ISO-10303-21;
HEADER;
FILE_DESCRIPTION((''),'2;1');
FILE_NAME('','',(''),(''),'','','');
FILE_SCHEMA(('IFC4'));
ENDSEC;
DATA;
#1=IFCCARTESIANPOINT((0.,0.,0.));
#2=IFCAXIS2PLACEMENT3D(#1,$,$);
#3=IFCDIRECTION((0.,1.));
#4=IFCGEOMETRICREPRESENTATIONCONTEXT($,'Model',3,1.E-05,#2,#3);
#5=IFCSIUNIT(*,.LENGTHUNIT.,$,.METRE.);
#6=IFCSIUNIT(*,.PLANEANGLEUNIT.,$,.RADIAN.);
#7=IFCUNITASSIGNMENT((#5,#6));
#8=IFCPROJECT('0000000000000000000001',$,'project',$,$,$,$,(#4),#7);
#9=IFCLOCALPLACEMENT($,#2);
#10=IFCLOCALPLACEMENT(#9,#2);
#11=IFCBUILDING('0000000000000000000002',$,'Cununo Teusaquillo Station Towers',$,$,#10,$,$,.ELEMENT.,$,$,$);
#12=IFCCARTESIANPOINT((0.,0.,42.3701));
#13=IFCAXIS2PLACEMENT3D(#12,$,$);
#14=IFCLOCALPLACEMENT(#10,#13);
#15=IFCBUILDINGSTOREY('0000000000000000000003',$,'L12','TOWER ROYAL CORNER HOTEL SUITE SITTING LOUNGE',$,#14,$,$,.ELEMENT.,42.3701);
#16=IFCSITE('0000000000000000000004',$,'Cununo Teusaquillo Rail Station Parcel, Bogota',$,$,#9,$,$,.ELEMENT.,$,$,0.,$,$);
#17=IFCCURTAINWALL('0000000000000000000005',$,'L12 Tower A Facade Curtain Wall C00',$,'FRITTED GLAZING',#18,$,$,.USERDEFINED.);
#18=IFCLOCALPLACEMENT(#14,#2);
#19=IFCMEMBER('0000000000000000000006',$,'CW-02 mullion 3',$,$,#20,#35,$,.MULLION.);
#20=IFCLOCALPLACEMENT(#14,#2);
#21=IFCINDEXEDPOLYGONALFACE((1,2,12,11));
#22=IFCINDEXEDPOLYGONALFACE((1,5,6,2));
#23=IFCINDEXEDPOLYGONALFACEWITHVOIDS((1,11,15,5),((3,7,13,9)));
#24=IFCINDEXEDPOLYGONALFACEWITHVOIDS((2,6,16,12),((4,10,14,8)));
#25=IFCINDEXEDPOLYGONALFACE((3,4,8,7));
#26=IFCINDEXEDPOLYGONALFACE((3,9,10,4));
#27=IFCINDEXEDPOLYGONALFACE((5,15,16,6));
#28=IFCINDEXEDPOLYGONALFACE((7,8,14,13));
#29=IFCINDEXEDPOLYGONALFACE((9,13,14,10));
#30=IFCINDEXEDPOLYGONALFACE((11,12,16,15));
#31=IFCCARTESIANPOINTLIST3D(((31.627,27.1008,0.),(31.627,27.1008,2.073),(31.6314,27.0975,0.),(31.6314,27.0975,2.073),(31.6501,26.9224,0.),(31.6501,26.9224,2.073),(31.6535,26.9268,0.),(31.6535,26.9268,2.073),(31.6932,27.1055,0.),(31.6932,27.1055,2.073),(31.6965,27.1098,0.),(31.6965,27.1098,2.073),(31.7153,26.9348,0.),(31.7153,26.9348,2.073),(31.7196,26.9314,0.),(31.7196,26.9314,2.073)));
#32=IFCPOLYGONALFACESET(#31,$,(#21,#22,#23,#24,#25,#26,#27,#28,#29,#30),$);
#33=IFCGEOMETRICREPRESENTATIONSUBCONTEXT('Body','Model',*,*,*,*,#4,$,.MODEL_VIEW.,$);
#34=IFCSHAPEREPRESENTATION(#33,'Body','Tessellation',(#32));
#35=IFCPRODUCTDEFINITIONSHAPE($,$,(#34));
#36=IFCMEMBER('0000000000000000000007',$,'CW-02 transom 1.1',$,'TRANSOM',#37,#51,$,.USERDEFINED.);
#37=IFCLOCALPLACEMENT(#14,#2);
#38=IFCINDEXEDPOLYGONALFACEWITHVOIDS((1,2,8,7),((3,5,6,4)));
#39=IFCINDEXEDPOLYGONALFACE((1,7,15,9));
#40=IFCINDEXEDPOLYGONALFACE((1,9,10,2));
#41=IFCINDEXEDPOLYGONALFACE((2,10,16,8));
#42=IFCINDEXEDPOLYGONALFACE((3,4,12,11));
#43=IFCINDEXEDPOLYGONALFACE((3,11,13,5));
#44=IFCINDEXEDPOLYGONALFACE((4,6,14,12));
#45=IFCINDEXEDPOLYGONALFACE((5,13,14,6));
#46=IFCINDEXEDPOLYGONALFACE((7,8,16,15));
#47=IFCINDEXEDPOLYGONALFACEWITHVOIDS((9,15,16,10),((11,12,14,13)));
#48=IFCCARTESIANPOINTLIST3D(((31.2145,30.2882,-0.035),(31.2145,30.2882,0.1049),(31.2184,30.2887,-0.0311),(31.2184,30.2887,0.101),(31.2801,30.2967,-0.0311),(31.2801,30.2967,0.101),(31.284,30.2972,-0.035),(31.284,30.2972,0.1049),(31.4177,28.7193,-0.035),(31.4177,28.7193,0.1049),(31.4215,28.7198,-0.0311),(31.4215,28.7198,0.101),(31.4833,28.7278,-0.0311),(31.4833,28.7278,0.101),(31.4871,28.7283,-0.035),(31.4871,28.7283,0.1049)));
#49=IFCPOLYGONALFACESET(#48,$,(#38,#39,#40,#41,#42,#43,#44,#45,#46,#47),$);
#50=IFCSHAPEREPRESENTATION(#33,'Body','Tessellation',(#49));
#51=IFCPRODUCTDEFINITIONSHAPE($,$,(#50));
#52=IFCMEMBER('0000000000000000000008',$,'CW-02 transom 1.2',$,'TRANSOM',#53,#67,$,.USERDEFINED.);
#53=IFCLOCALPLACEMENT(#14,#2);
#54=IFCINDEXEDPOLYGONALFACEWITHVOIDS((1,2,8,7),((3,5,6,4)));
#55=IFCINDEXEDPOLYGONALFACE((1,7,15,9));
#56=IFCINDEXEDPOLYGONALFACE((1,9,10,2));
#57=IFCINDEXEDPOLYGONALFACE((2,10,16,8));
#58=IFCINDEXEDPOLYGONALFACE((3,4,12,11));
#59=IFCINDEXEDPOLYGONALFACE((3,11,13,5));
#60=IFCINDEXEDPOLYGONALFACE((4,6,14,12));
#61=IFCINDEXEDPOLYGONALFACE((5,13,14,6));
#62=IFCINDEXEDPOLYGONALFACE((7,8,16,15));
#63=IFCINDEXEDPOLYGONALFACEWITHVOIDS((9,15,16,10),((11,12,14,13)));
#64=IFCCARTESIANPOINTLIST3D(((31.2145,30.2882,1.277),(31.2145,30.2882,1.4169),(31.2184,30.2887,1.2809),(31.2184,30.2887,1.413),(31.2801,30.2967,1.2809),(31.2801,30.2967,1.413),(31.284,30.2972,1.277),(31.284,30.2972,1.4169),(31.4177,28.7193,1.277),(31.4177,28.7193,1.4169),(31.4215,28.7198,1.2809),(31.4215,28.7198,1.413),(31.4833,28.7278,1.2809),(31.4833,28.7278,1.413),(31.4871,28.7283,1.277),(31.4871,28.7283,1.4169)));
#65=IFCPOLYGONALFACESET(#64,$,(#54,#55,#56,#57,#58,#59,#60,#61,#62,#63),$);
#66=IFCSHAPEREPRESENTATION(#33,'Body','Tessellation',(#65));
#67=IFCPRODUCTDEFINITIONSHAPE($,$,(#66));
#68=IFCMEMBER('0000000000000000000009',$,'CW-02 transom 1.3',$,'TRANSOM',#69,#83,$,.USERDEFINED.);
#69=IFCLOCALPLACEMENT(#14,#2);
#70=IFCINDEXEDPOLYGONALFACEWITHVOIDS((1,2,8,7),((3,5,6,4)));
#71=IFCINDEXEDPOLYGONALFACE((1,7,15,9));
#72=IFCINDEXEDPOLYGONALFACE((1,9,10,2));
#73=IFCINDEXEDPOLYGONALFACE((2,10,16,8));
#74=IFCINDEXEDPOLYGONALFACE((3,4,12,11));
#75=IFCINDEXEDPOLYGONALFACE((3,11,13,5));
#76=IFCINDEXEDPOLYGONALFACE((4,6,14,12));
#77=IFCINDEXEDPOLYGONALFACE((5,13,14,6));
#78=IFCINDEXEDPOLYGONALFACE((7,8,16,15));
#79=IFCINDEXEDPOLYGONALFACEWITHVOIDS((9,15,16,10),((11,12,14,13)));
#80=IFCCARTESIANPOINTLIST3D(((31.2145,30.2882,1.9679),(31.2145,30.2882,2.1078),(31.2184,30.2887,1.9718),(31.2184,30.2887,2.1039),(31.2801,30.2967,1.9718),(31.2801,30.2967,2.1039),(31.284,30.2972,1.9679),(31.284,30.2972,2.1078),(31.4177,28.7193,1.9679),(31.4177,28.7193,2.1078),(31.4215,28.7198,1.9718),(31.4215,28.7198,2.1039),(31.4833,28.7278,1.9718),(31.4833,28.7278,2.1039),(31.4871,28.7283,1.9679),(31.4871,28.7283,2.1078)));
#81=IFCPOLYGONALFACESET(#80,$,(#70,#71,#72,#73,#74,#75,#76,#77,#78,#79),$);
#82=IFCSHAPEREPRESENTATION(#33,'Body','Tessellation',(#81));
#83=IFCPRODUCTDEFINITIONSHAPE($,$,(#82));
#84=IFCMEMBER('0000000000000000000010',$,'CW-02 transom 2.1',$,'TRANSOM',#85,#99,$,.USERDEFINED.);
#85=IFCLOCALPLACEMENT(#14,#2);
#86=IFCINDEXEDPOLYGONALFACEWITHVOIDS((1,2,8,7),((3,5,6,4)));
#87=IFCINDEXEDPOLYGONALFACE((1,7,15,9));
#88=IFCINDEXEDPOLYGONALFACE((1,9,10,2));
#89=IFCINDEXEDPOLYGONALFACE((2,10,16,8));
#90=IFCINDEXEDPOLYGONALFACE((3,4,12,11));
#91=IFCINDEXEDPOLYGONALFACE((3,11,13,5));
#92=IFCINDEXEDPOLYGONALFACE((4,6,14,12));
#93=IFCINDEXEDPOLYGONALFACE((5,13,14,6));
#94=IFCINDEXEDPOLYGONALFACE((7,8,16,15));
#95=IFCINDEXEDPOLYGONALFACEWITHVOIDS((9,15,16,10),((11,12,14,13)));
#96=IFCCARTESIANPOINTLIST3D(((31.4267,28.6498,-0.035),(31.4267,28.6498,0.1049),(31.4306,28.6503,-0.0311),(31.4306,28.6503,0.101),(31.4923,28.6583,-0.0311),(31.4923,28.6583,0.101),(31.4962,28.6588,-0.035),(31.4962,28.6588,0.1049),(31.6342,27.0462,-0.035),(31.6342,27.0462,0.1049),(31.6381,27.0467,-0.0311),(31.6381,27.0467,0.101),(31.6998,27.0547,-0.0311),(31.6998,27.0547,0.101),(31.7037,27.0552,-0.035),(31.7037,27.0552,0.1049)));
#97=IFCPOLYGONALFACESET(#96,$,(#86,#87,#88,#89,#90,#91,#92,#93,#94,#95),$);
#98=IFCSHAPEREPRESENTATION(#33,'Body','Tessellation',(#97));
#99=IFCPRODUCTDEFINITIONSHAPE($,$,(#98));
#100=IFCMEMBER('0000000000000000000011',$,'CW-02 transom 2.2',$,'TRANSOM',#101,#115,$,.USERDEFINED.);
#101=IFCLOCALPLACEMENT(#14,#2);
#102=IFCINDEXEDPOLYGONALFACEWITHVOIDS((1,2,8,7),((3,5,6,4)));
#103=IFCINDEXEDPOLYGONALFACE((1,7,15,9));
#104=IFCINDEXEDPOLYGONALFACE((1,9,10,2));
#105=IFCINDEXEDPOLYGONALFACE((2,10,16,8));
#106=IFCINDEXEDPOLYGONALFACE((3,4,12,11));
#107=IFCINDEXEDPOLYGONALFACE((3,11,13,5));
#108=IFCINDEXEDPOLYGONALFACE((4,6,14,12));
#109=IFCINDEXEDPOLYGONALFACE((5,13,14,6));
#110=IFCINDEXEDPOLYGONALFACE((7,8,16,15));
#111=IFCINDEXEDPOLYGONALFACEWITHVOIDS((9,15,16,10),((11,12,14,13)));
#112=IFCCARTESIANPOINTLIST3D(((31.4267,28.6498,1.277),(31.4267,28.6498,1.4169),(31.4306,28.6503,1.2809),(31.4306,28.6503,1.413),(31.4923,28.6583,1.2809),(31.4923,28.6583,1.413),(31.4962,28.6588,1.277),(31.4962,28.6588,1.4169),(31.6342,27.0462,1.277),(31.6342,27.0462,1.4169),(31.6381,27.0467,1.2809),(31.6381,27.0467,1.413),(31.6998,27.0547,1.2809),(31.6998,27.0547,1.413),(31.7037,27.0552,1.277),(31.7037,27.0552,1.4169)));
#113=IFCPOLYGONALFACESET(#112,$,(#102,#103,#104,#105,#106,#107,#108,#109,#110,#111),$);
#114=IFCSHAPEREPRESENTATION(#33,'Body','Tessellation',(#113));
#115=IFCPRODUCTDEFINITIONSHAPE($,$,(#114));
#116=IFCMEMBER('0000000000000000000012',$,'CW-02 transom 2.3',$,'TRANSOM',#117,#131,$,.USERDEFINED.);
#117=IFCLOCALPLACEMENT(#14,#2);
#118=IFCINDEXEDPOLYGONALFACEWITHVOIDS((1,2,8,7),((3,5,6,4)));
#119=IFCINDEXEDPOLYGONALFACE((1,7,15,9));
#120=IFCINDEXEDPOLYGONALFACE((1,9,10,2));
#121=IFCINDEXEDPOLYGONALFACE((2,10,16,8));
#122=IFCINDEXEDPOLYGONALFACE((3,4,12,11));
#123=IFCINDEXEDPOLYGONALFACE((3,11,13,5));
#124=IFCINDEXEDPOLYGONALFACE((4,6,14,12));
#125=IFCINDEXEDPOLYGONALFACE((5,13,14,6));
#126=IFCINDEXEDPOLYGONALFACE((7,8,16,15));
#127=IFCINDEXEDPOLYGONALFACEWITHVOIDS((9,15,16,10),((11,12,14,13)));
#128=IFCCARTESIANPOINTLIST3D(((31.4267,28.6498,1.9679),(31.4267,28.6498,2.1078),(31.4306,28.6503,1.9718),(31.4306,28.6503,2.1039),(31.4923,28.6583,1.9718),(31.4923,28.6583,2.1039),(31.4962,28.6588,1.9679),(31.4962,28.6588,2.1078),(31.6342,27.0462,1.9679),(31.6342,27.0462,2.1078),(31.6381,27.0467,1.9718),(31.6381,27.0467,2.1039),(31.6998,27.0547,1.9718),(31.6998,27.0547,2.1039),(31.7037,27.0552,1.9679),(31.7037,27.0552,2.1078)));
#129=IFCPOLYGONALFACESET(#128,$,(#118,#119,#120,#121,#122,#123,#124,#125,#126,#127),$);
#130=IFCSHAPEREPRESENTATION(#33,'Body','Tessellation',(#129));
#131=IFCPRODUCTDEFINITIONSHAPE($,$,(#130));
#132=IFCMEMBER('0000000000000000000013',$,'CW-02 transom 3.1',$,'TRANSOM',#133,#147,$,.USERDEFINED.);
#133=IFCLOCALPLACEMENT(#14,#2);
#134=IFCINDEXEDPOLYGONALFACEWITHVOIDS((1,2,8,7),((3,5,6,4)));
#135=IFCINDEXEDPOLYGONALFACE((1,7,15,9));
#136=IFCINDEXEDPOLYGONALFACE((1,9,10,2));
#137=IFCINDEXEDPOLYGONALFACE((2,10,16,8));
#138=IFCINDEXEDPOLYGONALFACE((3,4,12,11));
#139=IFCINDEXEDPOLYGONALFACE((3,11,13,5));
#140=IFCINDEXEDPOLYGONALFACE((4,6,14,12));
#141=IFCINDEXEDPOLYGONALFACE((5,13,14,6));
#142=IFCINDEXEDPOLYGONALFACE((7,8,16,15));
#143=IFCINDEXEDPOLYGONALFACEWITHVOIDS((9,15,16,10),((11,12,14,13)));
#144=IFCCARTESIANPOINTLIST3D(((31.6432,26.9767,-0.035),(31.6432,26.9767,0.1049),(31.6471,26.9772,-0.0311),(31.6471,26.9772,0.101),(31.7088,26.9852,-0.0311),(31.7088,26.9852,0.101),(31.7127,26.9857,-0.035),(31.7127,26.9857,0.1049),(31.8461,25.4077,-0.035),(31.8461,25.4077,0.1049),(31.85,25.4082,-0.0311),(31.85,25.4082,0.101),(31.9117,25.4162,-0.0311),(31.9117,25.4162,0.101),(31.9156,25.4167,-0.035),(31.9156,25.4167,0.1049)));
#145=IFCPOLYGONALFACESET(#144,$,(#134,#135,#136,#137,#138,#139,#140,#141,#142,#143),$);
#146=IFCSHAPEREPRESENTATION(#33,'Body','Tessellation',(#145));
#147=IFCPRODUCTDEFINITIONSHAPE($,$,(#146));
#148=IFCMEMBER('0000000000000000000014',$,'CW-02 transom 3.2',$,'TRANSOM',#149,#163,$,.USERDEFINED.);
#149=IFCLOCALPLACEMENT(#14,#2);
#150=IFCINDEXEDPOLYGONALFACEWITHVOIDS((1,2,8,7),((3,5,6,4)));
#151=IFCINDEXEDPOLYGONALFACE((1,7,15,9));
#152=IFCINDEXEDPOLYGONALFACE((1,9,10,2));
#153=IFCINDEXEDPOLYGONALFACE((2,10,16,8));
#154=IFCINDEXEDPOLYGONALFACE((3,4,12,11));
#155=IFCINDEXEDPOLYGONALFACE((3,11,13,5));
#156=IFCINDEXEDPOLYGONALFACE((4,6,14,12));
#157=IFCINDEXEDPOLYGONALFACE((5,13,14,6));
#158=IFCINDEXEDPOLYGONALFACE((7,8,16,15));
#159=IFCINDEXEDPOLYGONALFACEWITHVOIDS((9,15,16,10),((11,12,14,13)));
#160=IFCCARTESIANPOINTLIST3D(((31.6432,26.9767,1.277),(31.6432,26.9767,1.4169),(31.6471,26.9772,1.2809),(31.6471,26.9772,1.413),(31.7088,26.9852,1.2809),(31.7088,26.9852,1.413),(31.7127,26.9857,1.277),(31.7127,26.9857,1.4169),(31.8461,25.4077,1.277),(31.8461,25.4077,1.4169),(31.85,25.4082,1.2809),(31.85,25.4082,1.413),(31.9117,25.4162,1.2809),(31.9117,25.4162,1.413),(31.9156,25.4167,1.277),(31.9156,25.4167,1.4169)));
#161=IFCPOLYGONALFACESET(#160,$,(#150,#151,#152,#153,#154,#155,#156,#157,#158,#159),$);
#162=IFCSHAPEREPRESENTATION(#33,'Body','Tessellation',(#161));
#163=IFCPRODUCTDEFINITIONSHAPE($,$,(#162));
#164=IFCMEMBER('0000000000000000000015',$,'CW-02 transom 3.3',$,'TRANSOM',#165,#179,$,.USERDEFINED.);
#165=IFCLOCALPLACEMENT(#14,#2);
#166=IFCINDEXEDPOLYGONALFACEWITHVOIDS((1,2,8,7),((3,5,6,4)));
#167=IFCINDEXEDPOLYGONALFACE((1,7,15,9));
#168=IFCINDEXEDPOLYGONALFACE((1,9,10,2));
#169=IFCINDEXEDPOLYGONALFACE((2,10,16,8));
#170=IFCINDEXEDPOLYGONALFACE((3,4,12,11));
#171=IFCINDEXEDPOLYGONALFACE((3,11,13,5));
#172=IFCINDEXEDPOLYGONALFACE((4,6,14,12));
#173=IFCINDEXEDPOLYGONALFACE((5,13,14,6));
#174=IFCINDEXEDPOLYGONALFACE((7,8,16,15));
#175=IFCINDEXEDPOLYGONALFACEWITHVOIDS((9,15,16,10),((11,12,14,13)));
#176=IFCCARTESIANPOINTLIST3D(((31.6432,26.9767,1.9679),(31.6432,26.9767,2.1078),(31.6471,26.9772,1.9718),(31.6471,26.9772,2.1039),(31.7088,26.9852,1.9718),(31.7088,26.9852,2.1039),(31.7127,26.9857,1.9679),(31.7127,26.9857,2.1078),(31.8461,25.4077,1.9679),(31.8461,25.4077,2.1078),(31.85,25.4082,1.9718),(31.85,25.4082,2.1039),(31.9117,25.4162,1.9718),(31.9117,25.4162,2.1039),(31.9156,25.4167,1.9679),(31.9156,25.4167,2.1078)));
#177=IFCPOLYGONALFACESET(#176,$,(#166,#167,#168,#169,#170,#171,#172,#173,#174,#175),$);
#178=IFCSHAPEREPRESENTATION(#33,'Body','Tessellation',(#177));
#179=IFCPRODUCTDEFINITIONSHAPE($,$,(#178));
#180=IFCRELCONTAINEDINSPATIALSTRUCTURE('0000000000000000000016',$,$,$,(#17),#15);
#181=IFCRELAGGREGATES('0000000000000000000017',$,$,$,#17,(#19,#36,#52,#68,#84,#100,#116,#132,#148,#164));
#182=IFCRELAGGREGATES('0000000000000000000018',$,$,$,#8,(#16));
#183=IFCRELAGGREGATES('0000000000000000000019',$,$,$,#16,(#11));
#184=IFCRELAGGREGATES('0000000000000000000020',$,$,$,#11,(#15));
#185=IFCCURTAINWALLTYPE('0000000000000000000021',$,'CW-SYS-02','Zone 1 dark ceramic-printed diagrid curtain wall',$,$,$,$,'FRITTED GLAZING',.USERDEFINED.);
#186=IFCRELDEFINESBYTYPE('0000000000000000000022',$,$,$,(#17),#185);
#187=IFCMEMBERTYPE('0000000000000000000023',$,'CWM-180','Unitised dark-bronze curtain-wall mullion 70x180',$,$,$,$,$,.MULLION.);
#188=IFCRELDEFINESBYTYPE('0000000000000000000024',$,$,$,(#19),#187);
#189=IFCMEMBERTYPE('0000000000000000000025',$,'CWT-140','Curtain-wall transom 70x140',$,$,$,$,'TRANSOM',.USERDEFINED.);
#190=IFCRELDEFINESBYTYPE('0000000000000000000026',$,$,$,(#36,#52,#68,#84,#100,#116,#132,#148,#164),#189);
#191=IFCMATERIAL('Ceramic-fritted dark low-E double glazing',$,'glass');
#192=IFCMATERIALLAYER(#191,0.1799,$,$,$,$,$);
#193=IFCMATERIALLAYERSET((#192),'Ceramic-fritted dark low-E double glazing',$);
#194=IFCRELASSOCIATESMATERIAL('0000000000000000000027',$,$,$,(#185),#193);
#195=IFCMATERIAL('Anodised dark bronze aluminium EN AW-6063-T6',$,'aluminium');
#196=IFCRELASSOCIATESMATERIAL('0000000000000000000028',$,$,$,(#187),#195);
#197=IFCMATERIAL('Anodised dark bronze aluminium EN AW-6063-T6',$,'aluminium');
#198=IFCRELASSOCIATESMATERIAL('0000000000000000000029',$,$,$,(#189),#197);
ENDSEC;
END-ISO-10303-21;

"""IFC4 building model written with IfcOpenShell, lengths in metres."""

from ifc_helpers import new_model, si_unit, direction, frame, origin, origin_2d, place, context, subcontext, project, spatial, hollow_rectangle, extrude, material, layer, layer_set, material_profile, profile_set, type_object, element, aggregate, save


model = new_model("IFC4")

# Units and contexts
model_context = context("Model", 3, precision=1e-05, world=origin(), true_north=direction((0.0, 1.0)))
body_context = subcontext(model_context, "Body", "Model", "MODEL_VIEW")
ifc_project = project(units=[si_unit("LENGTHUNIT", "METRE"), si_unit("PLANEANGLEUNIT", "RADIAN")], contexts=[model_context])

# Site, building, storey
site_placement = place(None, origin())
site = spatial("IfcSite", under=ifc_project, at=site_placement, Name="Cununo Teusaquillo Rail Station Parcel, Bogota", CompositionType="ELEMENT", RefElevation=0.0)
building_placement = place(site_placement, origin())
building = spatial("IfcBuilding", under=site, at=building_placement, Name="Cununo Teusaquillo Station Towers", CompositionType="ELEMENT")
storey_placement = place(building_placement, frame((0.0, 0.0, 42.3701)))
storey = spatial("IfcBuildingStorey", under=building, at=storey_placement, Name="L12", Description="TOWER ROYAL CORNER HOTEL SUITE SITTING LOUNGE", CompositionType="ELEMENT", Elevation=42.3701)

# Curtain wall, members
ifc_material_1 = material(Name="Ceramic-fritted dark low-E double glazing", Category="glass")
ifc_layer_1 = layer(ifc_material_1, 0.1799)
ifc_layer_set_1 = layer_set([ifc_layer_1], Name="Ceramic-fritted dark low-E double glazing")
curtain_wall_type = type_object("IfcCurtainWallType", Name="CW-SYS-02", Description="Zone 1 dark ceramic-printed diagrid curtain wall", ElementType="FRITTED GLAZING", PredefinedType="USERDEFINED", material=ifc_layer_set_1)
curtain_wall_placement = place(storey_placement, origin())
curtain_wall = element("IfcCurtainWall", 1, at=curtain_wall_placement, inside=storey, type_object=curtain_wall_type, Name="L12 Tower A Facade Curtain Wall C00", ObjectType="FRITTED GLAZING", PredefinedType="USERDEFINED")
ifc_material_2 = material(Name="Anodised dark bronze aluminium EN AW-6063-T6", Category="aluminium")
ifc_material_profile_1 = material_profile(ifc_material_2, hollow_rectangle(XDim=0.0701, YDim=0.1799, WallThickness=0.0039, at=origin_2d()), Name="CW-MULL-70x180")
ifc_profile_set_1 = profile_set([ifc_material_profile_1], Name="Anodised dark bronze aluminium EN AW-6063-T6")
member_type_1 = type_object("IfcMemberType", Name="CWM-180", Description="Unitised dark-bronze curtain-wall mullion 70x180", PredefinedType="MULLION", material=ifc_profile_set_1)
member_1_placement = place(storey_placement, frame((31.6733, 27.0161, 0.0), z_axis=(0.0, 0.0, 1.0), x_axis=(0.991731, 0.128336, 0.0)))
member_1 = element("IfcMember", 2, at=member_1_placement, type_object=member_type_1, Name="CW-02 mullion 3", PredefinedType="MULLION", context=body_context, shape_type="SweptSolid", body=[
    extrude(hollow_rectangle(XDim=0.0701, YDim=0.1799, WallThickness=0.0039, at=origin_2d()), origin(), (0.0, 0.0, 1.0), 2.073),
])
ifc_material_3 = material(Name="Anodised dark bronze aluminium EN AW-6063-T6", Category="aluminium")
ifc_material_profile_2 = material_profile(ifc_material_3, hollow_rectangle(XDim=0.0701, YDim=0.1399, WallThickness=0.0039, at=origin_2d()), Name="CW-TRAN-70x140")
ifc_profile_set_2 = profile_set([ifc_material_profile_2], Name="Anodised dark bronze aluminium EN AW-6063-T6")
member_type_2 = type_object("IfcMemberType", Name="CWT-140", Description="Curtain-wall transom 70x140", ElementType="TRANSOM", PredefinedType="USERDEFINED", material=ifc_profile_set_2)
member_2_placement = place(storey_placement, frame((31.2493, 30.2927, 0.0349), z_axis=(0.128402, -0.991722, 0.0), x_axis=(0.991722, 0.128402, 0.0)))
member_2 = element("IfcMember", 3, at=member_2_placement, type_object=member_type_2, Name="CW-02 transom 1.1", ObjectType="TRANSOM", PredefinedType="USERDEFINED", context=body_context, shape_type="SweptSolid", body=[
    extrude(hollow_rectangle(XDim=0.0701, YDim=0.1399, WallThickness=0.0039, at=origin_2d()), origin(), (0.0, 0.0, 1.0), 1.582),
])
member_3_placement = place(storey_placement, frame((31.2493, 30.2927, 1.3469), z_axis=(0.128402, -0.991722, 0.0), x_axis=(0.991722, 0.128402, 0.0)))
member_3 = element("IfcMember", 4, at=member_3_placement, type_object=member_type_2, Name="CW-02 transom 1.2", ObjectType="TRANSOM", PredefinedType="USERDEFINED", context=body_context, shape_type="SweptSolid", body=[
    extrude(hollow_rectangle(XDim=0.0701, YDim=0.1399, WallThickness=0.0039, at=origin_2d()), origin(), (0.0, 0.0, 1.0), 1.582),
])
member_4_placement = place(storey_placement, frame((31.2493, 30.2927, 2.0378), z_axis=(0.128402, -0.991722, 0.0), x_axis=(0.991722, 0.128402, 0.0)))
member_4 = element("IfcMember", 5, at=member_4_placement, type_object=member_type_2, Name="CW-02 transom 1.3", ObjectType="TRANSOM", PredefinedType="USERDEFINED", context=body_context, shape_type="SweptSolid", body=[
    extrude(hollow_rectangle(XDim=0.0701, YDim=0.1399, WallThickness=0.0039, at=origin_2d()), origin(), (0.0, 0.0, 1.0), 1.582),
])
member_5_placement = place(storey_placement, frame((31.4614, 28.6543, 0.0349), z_axis=(0.128345, -0.99173, 0.0), x_axis=(0.99173, 0.128345, 0.0)))
member_5 = element("IfcMember", 6, at=member_5_placement, type_object=member_type_2, Name="CW-02 transom 2.1", ObjectType="TRANSOM", PredefinedType="USERDEFINED", context=body_context, shape_type="SweptSolid", body=[
    extrude(hollow_rectangle(XDim=0.0701, YDim=0.1399, WallThickness=0.0039, at=origin_2d()), origin(), (0.0, 0.0, 1.0), 1.6169),
])
member_6_placement = place(storey_placement, frame((31.4614, 28.6543, 1.3469), z_axis=(0.128345, -0.99173, 0.0), x_axis=(0.99173, 0.128345, 0.0)))
member_6 = element("IfcMember", 7, at=member_6_placement, type_object=member_type_2, Name="CW-02 transom 2.2", ObjectType="TRANSOM", PredefinedType="USERDEFINED", context=body_context, shape_type="SweptSolid", body=[
    extrude(hollow_rectangle(XDim=0.0701, YDim=0.1399, WallThickness=0.0039, at=origin_2d()), origin(), (0.0, 0.0, 1.0), 1.6169),
])
member_7_placement = place(storey_placement, frame((31.4614, 28.6543, 2.0378), z_axis=(0.128345, -0.99173, 0.0), x_axis=(0.99173, 0.128345, 0.0)))
member_7 = element("IfcMember", 8, at=member_7_placement, type_object=member_type_2, Name="CW-02 transom 2.3", ObjectType="TRANSOM", PredefinedType="USERDEFINED", context=body_context, shape_type="SweptSolid", body=[
    extrude(hollow_rectangle(XDim=0.0701, YDim=0.1399, WallThickness=0.0039, at=origin_2d()), origin(), (0.0, 0.0, 1.0), 1.6169),
])
member_8_placement = place(storey_placement, frame((31.678, 26.9812, 0.0349), z_axis=(0.12825, -0.991742, 0.0), x_axis=(0.991742, 0.12825, 0.0)))
member_8 = element("IfcMember", 9, at=member_8_placement, type_object=member_type_2, Name="CW-02 transom 3.1", ObjectType="TRANSOM", PredefinedType="USERDEFINED", context=body_context, shape_type="SweptSolid", body=[
    extrude(hollow_rectangle(XDim=0.0701, YDim=0.1399, WallThickness=0.0039, at=origin_2d()), origin(), (0.0, 0.0, 1.0), 1.582),
])
member_9_placement = place(storey_placement, frame((31.678, 26.9812, 1.3469), z_axis=(0.12825, -0.991742, 0.0), x_axis=(0.991742, 0.12825, 0.0)))
member_9 = element("IfcMember", 10, at=member_9_placement, type_object=member_type_2, Name="CW-02 transom 3.2", ObjectType="TRANSOM", PredefinedType="USERDEFINED", context=body_context, shape_type="SweptSolid", body=[
    extrude(hollow_rectangle(XDim=0.0701, YDim=0.1399, WallThickness=0.0039, at=origin_2d()), origin(), (0.0, 0.0, 1.0), 1.582),
])
member_10_placement = place(storey_placement, frame((31.678, 26.9812, 2.0378), z_axis=(0.12825, -0.991742, 0.0), x_axis=(0.991742, 0.12825, 0.0)))
member_10 = element("IfcMember", 11, at=member_10_placement, type_object=member_type_2, Name="CW-02 transom 3.3", ObjectType="TRANSOM", PredefinedType="USERDEFINED", context=body_context, shape_type="SweptSolid", body=[
    extrude(hollow_rectangle(XDim=0.0701, YDim=0.1399, WallThickness=0.0039, at=origin_2d()), origin(), (0.0, 0.0, 1.0), 1.582),
])
aggregate(curtain_wall, [member_1, member_2, member_3, member_4, member_5, member_6, member_7, member_8, member_9, member_10])

save(model, "model.ifc")
